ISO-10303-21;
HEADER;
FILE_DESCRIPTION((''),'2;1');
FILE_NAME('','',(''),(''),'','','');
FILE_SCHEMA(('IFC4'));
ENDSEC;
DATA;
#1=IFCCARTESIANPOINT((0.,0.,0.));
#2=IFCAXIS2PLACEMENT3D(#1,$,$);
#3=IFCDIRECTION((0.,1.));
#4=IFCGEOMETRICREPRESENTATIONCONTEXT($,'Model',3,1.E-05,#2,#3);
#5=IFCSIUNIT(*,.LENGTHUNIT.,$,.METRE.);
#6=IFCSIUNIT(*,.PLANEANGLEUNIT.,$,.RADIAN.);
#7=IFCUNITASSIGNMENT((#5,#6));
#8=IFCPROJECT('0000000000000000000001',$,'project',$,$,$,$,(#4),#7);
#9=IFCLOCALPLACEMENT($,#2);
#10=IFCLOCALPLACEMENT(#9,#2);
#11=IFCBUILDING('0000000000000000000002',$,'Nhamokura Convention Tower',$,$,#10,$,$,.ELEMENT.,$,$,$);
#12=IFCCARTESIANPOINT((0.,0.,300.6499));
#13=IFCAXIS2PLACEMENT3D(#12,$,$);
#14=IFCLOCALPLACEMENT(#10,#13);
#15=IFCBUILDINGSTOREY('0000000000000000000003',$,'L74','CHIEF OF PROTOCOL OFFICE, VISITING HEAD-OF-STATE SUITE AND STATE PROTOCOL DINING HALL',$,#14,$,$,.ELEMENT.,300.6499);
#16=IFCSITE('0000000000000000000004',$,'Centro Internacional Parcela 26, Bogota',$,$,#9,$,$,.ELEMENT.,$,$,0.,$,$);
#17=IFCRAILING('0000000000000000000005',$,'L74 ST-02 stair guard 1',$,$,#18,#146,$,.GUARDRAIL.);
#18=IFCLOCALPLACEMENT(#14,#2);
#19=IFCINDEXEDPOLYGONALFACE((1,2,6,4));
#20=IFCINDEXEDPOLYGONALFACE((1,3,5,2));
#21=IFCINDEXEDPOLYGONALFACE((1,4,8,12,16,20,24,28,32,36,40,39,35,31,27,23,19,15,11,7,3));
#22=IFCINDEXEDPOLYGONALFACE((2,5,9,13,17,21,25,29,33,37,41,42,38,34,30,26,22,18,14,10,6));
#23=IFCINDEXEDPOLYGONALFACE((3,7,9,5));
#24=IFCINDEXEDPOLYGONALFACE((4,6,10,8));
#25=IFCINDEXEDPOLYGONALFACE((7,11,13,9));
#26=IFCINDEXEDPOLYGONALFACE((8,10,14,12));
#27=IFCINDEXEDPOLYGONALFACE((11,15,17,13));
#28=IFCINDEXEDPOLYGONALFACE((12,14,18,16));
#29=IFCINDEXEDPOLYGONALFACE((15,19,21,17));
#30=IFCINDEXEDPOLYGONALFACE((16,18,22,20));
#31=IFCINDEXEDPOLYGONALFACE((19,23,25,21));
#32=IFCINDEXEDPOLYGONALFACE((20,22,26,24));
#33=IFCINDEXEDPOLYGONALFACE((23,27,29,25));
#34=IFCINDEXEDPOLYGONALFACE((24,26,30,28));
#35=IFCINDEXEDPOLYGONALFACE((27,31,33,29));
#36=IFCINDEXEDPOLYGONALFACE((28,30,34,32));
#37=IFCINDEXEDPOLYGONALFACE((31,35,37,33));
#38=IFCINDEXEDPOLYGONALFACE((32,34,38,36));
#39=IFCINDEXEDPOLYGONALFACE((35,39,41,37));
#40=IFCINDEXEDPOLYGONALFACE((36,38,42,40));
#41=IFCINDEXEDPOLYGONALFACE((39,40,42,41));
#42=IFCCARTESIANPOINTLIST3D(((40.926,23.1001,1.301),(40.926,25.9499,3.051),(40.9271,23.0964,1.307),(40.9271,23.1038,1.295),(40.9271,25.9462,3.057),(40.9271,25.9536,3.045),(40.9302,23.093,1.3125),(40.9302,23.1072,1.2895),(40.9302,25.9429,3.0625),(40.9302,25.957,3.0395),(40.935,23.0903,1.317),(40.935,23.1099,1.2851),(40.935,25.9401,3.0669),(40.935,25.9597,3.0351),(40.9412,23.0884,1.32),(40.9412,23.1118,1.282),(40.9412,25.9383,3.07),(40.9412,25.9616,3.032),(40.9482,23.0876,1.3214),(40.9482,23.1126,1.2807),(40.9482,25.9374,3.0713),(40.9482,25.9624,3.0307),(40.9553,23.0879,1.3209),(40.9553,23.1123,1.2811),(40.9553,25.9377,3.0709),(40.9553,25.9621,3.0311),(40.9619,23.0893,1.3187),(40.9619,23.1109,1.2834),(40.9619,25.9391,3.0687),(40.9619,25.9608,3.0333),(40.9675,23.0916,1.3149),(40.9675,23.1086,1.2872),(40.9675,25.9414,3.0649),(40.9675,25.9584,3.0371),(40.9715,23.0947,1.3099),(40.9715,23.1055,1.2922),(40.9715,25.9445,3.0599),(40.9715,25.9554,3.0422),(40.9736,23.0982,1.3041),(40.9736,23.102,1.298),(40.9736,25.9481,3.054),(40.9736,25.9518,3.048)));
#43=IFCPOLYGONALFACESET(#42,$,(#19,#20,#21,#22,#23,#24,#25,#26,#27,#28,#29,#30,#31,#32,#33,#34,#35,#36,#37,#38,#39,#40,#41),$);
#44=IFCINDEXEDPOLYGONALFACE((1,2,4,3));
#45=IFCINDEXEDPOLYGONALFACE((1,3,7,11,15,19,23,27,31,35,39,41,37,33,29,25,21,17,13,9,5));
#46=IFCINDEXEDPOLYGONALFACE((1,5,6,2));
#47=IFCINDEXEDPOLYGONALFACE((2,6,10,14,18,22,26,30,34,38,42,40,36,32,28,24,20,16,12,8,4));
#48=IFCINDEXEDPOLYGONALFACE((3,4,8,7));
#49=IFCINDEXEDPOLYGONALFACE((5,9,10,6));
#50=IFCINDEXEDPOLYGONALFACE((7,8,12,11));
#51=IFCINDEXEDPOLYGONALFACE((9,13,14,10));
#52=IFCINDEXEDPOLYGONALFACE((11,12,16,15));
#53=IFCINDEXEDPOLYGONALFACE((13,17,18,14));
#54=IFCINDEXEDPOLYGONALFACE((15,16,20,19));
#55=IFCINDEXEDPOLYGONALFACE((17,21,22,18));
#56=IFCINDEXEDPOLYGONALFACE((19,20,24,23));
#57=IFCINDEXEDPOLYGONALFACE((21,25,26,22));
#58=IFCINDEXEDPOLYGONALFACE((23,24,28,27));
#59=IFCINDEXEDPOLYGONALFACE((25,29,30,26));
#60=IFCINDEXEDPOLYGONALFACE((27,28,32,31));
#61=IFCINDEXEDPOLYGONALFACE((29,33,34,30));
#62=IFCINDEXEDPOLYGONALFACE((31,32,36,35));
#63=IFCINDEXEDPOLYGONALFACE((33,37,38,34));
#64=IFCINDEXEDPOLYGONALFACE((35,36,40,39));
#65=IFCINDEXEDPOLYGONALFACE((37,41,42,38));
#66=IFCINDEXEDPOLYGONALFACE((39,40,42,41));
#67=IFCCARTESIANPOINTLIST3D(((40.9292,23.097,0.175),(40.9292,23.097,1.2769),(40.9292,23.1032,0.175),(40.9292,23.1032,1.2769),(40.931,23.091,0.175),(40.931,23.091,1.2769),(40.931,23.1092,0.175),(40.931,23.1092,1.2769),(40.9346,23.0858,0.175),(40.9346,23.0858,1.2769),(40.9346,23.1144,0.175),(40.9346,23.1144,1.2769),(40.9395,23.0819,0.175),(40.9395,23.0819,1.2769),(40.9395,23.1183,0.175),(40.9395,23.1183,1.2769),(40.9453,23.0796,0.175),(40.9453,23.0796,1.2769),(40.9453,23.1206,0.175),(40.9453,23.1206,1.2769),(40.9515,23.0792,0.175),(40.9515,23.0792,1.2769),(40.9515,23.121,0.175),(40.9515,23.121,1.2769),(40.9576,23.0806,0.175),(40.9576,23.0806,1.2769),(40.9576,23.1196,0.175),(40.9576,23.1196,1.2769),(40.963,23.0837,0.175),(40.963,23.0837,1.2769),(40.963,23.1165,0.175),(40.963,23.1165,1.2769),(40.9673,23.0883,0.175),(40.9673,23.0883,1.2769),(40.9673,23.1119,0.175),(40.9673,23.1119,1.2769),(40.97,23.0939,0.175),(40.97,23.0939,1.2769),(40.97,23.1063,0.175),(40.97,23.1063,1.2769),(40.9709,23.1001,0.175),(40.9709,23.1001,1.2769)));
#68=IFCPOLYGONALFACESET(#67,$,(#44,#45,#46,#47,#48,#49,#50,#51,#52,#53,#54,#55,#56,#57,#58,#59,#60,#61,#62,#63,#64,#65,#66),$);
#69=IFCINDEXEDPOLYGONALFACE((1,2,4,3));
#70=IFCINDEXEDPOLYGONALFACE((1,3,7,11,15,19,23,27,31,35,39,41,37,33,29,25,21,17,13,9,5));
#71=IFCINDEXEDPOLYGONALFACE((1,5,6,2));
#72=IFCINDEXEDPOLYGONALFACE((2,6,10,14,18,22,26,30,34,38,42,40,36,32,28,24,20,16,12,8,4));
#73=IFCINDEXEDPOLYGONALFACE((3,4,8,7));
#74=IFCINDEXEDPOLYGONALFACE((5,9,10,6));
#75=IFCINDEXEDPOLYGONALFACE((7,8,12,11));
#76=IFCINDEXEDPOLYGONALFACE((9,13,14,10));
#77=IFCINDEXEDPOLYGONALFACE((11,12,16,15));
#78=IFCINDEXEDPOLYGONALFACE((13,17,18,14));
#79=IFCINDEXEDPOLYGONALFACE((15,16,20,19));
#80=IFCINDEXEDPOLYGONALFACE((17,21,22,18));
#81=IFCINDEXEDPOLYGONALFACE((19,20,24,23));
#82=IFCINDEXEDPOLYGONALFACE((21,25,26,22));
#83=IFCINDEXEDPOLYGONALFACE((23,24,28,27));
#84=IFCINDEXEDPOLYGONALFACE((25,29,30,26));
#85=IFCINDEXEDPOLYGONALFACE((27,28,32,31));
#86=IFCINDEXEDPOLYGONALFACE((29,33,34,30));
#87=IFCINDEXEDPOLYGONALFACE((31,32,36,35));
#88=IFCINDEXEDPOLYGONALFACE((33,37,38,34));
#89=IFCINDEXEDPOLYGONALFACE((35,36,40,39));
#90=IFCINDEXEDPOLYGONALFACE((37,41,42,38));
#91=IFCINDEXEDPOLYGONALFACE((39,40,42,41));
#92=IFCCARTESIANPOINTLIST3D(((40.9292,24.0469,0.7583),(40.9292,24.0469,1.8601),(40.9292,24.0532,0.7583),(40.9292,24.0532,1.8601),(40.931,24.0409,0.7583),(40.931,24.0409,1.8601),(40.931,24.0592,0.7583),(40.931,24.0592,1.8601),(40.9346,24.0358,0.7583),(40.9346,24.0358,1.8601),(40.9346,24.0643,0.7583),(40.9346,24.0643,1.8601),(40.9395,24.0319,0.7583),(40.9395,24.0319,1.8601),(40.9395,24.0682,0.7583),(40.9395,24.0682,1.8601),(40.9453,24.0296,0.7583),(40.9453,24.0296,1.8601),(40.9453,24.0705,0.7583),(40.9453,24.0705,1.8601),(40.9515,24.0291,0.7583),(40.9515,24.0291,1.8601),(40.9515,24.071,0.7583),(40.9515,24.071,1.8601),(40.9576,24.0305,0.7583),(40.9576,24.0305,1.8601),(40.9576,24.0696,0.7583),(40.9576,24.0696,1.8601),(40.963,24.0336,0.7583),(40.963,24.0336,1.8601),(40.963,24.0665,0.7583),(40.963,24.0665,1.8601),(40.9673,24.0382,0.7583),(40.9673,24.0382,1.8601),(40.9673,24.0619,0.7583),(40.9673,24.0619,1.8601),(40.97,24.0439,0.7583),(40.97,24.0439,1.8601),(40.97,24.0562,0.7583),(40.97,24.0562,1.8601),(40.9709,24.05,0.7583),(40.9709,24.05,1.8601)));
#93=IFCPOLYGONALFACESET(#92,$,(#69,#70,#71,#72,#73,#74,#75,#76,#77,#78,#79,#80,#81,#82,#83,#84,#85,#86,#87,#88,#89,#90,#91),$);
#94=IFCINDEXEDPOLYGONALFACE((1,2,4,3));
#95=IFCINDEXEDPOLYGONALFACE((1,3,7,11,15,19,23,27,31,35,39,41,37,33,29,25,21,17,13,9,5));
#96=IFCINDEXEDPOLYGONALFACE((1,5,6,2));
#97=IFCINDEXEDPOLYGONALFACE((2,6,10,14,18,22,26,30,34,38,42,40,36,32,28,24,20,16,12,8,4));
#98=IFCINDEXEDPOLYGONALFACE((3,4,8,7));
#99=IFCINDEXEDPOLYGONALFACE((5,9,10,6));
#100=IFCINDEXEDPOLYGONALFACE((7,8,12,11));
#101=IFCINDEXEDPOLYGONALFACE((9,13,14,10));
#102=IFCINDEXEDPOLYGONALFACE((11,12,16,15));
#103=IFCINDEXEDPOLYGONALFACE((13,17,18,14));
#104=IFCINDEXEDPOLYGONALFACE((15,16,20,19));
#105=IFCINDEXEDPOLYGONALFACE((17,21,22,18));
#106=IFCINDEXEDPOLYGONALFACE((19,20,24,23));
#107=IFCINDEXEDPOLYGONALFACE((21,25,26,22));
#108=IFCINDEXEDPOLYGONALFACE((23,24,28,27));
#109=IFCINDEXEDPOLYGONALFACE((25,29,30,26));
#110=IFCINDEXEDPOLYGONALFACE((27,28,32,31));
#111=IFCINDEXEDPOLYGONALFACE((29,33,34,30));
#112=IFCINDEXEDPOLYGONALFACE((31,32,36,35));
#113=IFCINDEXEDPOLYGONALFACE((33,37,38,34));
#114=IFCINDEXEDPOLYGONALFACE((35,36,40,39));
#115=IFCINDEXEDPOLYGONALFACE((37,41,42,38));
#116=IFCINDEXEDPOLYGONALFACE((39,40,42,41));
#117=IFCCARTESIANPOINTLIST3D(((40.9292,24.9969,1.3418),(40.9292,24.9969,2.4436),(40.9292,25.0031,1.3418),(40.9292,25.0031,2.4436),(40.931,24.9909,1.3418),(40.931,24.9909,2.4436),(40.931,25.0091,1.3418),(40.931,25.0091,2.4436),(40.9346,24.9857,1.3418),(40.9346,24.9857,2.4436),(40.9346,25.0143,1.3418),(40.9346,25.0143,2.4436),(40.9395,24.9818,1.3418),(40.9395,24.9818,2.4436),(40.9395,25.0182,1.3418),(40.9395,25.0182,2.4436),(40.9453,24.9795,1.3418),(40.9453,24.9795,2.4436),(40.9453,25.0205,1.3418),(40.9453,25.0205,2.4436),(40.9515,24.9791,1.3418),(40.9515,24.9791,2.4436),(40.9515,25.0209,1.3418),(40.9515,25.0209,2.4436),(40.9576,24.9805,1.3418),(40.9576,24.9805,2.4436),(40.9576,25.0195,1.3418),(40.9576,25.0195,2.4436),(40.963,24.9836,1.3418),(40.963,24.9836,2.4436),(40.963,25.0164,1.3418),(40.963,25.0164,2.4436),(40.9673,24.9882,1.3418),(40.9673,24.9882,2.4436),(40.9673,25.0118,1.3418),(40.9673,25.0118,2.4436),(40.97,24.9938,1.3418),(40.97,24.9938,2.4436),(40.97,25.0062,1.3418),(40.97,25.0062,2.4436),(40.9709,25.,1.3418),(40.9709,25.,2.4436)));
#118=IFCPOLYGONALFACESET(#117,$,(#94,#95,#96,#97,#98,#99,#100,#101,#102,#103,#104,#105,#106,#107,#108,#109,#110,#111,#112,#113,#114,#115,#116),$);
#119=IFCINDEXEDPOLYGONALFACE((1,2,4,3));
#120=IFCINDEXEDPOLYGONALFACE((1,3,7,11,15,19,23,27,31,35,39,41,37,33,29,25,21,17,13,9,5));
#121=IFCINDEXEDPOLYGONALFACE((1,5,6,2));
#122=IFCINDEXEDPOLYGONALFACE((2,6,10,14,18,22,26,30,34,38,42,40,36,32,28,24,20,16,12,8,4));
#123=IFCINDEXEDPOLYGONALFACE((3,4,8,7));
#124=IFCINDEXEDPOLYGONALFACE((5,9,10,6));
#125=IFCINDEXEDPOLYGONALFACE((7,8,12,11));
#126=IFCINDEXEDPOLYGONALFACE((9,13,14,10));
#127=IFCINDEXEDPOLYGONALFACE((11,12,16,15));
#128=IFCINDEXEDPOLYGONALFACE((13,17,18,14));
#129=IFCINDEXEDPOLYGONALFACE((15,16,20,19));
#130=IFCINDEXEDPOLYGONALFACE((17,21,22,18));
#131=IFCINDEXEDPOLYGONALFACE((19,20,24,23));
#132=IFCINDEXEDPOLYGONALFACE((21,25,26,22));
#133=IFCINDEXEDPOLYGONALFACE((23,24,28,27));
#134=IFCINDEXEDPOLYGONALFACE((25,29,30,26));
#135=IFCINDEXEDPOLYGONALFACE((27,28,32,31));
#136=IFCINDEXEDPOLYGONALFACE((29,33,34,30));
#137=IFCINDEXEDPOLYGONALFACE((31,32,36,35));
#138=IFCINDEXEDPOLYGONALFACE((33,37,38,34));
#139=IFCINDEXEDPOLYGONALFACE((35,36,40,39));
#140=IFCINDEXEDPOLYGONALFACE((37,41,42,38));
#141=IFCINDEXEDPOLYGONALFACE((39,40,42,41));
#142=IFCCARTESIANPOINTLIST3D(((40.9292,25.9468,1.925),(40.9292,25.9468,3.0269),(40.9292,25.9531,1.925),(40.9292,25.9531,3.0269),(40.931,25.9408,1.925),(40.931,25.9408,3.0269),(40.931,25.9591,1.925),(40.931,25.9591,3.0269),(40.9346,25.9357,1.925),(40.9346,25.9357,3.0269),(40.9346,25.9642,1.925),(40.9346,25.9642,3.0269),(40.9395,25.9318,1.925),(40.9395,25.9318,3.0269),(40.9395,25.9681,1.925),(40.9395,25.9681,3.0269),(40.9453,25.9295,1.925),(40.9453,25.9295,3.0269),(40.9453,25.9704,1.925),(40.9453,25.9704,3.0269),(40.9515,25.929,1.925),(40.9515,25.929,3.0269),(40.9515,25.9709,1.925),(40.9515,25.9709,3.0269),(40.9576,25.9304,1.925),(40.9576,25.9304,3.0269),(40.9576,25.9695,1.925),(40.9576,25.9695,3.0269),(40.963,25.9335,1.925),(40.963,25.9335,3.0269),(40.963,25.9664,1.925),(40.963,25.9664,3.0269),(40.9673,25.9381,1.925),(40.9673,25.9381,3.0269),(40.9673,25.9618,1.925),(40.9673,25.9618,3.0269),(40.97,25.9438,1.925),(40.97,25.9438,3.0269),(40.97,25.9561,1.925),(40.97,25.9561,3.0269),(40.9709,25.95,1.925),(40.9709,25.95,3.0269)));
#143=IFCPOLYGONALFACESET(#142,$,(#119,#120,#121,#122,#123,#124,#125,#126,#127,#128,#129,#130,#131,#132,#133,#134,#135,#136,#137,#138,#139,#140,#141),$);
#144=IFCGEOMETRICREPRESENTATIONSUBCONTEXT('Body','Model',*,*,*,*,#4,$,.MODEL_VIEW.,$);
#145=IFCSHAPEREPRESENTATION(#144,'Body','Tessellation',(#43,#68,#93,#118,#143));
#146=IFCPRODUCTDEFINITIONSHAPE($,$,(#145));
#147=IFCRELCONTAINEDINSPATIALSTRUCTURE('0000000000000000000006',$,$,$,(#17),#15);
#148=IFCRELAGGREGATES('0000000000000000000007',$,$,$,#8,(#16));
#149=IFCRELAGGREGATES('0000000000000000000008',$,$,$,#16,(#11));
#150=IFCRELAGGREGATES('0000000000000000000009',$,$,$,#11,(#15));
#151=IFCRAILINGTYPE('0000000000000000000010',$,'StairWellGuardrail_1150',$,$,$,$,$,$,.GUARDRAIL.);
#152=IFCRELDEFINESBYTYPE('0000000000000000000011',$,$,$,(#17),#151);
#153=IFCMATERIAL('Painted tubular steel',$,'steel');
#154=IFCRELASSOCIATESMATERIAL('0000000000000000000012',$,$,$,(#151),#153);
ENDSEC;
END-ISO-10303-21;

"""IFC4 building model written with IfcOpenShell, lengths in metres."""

from ifc_helpers import new_model, si_unit, direction, frame, origin, origin_2d, place, context, subcontext, project, spatial, circle, extrude, material, type_object, element, save


model = new_model("IFC4")

# Units and contexts
model_context = context("Model", 3, precision=1e-05, world=origin(), true_north=direction((0.0, 1.0)))
body_context = subcontext(model_context, "Body", "Model", "MODEL_VIEW")
ifc_project = project(units=[si_unit("LENGTHUNIT", "METRE"), si_unit("PLANEANGLEUNIT", "RADIAN")], contexts=[model_context])

# Site, building, storey
site_placement = place(None, origin())
site = spatial("IfcSite", under=ifc_project, at=site_placement, Name="Centro Internacional Parcela 26, Bogota", CompositionType="ELEMENT", RefElevation=0.0)
building_placement = place(site_placement, origin())
building = spatial("IfcBuilding", under=site, at=building_placement, Name="Nhamokura Convention Tower", CompositionType="ELEMENT")
storey_placement = place(building_placement, frame((0.0, 0.0, 300.6499)))
storey = spatial("IfcBuildingStorey", under=building, at=storey_placement, Name="L74", Description="CHIEF OF PROTOCOL OFFICE, VISITING HEAD-OF-STATE SUITE AND STATE PROTOCOL DINING HALL", CompositionType="ELEMENT", Elevation=300.6499)

# Railing
ifc_material_1 = material(Name="Painted tubular steel", Category="steel")
railing_type_1 = type_object("IfcRailingType", Name="StairWellGuardrail_1150", PredefinedType="GUARDRAIL", material=ifc_material_1)
railing_1_placement = place(storey_placement, frame((40.95, 23.1001, 0.175)))
element("IfcRailing", 1, at=railing_1_placement, inside=storey, type_object=railing_type_1, Name="L74 ST-02 stair guard 1", PredefinedType="GUARDRAIL", context=body_context, shape_type="SweptSolid", body=[
    extrude(circle(Radius=0.0239, at=origin_2d()), frame((0.0, 0.0, 1.126), z_axis=(0.0, 0.852159, 0.523283), x_axis=(-1.0, 0.0, 0.0)), (0.0, 0.0, 1.0), 3.3442),
    extrude(circle(Radius=0.021, at=origin_2d()), origin(), (0.0, 0.0, 1.0), 1.1018),
    extrude(circle(Radius=0.021, at=origin_2d()), frame((0.0, 0.95, 0.5833)), (0.0, 0.0, 1.0), 1.1018),
    extrude(circle(Radius=0.021, at=origin_2d()), frame((0.0, 1.8999, 1.1667)), (0.0, 0.0, 1.0), 1.1018),
    extrude(circle(Radius=0.021, at=origin_2d()), frame((0.0, 2.8499, 1.75)), (0.0, 0.0, 1.0), 1.1018),
])

save(model, "model.ifc")
